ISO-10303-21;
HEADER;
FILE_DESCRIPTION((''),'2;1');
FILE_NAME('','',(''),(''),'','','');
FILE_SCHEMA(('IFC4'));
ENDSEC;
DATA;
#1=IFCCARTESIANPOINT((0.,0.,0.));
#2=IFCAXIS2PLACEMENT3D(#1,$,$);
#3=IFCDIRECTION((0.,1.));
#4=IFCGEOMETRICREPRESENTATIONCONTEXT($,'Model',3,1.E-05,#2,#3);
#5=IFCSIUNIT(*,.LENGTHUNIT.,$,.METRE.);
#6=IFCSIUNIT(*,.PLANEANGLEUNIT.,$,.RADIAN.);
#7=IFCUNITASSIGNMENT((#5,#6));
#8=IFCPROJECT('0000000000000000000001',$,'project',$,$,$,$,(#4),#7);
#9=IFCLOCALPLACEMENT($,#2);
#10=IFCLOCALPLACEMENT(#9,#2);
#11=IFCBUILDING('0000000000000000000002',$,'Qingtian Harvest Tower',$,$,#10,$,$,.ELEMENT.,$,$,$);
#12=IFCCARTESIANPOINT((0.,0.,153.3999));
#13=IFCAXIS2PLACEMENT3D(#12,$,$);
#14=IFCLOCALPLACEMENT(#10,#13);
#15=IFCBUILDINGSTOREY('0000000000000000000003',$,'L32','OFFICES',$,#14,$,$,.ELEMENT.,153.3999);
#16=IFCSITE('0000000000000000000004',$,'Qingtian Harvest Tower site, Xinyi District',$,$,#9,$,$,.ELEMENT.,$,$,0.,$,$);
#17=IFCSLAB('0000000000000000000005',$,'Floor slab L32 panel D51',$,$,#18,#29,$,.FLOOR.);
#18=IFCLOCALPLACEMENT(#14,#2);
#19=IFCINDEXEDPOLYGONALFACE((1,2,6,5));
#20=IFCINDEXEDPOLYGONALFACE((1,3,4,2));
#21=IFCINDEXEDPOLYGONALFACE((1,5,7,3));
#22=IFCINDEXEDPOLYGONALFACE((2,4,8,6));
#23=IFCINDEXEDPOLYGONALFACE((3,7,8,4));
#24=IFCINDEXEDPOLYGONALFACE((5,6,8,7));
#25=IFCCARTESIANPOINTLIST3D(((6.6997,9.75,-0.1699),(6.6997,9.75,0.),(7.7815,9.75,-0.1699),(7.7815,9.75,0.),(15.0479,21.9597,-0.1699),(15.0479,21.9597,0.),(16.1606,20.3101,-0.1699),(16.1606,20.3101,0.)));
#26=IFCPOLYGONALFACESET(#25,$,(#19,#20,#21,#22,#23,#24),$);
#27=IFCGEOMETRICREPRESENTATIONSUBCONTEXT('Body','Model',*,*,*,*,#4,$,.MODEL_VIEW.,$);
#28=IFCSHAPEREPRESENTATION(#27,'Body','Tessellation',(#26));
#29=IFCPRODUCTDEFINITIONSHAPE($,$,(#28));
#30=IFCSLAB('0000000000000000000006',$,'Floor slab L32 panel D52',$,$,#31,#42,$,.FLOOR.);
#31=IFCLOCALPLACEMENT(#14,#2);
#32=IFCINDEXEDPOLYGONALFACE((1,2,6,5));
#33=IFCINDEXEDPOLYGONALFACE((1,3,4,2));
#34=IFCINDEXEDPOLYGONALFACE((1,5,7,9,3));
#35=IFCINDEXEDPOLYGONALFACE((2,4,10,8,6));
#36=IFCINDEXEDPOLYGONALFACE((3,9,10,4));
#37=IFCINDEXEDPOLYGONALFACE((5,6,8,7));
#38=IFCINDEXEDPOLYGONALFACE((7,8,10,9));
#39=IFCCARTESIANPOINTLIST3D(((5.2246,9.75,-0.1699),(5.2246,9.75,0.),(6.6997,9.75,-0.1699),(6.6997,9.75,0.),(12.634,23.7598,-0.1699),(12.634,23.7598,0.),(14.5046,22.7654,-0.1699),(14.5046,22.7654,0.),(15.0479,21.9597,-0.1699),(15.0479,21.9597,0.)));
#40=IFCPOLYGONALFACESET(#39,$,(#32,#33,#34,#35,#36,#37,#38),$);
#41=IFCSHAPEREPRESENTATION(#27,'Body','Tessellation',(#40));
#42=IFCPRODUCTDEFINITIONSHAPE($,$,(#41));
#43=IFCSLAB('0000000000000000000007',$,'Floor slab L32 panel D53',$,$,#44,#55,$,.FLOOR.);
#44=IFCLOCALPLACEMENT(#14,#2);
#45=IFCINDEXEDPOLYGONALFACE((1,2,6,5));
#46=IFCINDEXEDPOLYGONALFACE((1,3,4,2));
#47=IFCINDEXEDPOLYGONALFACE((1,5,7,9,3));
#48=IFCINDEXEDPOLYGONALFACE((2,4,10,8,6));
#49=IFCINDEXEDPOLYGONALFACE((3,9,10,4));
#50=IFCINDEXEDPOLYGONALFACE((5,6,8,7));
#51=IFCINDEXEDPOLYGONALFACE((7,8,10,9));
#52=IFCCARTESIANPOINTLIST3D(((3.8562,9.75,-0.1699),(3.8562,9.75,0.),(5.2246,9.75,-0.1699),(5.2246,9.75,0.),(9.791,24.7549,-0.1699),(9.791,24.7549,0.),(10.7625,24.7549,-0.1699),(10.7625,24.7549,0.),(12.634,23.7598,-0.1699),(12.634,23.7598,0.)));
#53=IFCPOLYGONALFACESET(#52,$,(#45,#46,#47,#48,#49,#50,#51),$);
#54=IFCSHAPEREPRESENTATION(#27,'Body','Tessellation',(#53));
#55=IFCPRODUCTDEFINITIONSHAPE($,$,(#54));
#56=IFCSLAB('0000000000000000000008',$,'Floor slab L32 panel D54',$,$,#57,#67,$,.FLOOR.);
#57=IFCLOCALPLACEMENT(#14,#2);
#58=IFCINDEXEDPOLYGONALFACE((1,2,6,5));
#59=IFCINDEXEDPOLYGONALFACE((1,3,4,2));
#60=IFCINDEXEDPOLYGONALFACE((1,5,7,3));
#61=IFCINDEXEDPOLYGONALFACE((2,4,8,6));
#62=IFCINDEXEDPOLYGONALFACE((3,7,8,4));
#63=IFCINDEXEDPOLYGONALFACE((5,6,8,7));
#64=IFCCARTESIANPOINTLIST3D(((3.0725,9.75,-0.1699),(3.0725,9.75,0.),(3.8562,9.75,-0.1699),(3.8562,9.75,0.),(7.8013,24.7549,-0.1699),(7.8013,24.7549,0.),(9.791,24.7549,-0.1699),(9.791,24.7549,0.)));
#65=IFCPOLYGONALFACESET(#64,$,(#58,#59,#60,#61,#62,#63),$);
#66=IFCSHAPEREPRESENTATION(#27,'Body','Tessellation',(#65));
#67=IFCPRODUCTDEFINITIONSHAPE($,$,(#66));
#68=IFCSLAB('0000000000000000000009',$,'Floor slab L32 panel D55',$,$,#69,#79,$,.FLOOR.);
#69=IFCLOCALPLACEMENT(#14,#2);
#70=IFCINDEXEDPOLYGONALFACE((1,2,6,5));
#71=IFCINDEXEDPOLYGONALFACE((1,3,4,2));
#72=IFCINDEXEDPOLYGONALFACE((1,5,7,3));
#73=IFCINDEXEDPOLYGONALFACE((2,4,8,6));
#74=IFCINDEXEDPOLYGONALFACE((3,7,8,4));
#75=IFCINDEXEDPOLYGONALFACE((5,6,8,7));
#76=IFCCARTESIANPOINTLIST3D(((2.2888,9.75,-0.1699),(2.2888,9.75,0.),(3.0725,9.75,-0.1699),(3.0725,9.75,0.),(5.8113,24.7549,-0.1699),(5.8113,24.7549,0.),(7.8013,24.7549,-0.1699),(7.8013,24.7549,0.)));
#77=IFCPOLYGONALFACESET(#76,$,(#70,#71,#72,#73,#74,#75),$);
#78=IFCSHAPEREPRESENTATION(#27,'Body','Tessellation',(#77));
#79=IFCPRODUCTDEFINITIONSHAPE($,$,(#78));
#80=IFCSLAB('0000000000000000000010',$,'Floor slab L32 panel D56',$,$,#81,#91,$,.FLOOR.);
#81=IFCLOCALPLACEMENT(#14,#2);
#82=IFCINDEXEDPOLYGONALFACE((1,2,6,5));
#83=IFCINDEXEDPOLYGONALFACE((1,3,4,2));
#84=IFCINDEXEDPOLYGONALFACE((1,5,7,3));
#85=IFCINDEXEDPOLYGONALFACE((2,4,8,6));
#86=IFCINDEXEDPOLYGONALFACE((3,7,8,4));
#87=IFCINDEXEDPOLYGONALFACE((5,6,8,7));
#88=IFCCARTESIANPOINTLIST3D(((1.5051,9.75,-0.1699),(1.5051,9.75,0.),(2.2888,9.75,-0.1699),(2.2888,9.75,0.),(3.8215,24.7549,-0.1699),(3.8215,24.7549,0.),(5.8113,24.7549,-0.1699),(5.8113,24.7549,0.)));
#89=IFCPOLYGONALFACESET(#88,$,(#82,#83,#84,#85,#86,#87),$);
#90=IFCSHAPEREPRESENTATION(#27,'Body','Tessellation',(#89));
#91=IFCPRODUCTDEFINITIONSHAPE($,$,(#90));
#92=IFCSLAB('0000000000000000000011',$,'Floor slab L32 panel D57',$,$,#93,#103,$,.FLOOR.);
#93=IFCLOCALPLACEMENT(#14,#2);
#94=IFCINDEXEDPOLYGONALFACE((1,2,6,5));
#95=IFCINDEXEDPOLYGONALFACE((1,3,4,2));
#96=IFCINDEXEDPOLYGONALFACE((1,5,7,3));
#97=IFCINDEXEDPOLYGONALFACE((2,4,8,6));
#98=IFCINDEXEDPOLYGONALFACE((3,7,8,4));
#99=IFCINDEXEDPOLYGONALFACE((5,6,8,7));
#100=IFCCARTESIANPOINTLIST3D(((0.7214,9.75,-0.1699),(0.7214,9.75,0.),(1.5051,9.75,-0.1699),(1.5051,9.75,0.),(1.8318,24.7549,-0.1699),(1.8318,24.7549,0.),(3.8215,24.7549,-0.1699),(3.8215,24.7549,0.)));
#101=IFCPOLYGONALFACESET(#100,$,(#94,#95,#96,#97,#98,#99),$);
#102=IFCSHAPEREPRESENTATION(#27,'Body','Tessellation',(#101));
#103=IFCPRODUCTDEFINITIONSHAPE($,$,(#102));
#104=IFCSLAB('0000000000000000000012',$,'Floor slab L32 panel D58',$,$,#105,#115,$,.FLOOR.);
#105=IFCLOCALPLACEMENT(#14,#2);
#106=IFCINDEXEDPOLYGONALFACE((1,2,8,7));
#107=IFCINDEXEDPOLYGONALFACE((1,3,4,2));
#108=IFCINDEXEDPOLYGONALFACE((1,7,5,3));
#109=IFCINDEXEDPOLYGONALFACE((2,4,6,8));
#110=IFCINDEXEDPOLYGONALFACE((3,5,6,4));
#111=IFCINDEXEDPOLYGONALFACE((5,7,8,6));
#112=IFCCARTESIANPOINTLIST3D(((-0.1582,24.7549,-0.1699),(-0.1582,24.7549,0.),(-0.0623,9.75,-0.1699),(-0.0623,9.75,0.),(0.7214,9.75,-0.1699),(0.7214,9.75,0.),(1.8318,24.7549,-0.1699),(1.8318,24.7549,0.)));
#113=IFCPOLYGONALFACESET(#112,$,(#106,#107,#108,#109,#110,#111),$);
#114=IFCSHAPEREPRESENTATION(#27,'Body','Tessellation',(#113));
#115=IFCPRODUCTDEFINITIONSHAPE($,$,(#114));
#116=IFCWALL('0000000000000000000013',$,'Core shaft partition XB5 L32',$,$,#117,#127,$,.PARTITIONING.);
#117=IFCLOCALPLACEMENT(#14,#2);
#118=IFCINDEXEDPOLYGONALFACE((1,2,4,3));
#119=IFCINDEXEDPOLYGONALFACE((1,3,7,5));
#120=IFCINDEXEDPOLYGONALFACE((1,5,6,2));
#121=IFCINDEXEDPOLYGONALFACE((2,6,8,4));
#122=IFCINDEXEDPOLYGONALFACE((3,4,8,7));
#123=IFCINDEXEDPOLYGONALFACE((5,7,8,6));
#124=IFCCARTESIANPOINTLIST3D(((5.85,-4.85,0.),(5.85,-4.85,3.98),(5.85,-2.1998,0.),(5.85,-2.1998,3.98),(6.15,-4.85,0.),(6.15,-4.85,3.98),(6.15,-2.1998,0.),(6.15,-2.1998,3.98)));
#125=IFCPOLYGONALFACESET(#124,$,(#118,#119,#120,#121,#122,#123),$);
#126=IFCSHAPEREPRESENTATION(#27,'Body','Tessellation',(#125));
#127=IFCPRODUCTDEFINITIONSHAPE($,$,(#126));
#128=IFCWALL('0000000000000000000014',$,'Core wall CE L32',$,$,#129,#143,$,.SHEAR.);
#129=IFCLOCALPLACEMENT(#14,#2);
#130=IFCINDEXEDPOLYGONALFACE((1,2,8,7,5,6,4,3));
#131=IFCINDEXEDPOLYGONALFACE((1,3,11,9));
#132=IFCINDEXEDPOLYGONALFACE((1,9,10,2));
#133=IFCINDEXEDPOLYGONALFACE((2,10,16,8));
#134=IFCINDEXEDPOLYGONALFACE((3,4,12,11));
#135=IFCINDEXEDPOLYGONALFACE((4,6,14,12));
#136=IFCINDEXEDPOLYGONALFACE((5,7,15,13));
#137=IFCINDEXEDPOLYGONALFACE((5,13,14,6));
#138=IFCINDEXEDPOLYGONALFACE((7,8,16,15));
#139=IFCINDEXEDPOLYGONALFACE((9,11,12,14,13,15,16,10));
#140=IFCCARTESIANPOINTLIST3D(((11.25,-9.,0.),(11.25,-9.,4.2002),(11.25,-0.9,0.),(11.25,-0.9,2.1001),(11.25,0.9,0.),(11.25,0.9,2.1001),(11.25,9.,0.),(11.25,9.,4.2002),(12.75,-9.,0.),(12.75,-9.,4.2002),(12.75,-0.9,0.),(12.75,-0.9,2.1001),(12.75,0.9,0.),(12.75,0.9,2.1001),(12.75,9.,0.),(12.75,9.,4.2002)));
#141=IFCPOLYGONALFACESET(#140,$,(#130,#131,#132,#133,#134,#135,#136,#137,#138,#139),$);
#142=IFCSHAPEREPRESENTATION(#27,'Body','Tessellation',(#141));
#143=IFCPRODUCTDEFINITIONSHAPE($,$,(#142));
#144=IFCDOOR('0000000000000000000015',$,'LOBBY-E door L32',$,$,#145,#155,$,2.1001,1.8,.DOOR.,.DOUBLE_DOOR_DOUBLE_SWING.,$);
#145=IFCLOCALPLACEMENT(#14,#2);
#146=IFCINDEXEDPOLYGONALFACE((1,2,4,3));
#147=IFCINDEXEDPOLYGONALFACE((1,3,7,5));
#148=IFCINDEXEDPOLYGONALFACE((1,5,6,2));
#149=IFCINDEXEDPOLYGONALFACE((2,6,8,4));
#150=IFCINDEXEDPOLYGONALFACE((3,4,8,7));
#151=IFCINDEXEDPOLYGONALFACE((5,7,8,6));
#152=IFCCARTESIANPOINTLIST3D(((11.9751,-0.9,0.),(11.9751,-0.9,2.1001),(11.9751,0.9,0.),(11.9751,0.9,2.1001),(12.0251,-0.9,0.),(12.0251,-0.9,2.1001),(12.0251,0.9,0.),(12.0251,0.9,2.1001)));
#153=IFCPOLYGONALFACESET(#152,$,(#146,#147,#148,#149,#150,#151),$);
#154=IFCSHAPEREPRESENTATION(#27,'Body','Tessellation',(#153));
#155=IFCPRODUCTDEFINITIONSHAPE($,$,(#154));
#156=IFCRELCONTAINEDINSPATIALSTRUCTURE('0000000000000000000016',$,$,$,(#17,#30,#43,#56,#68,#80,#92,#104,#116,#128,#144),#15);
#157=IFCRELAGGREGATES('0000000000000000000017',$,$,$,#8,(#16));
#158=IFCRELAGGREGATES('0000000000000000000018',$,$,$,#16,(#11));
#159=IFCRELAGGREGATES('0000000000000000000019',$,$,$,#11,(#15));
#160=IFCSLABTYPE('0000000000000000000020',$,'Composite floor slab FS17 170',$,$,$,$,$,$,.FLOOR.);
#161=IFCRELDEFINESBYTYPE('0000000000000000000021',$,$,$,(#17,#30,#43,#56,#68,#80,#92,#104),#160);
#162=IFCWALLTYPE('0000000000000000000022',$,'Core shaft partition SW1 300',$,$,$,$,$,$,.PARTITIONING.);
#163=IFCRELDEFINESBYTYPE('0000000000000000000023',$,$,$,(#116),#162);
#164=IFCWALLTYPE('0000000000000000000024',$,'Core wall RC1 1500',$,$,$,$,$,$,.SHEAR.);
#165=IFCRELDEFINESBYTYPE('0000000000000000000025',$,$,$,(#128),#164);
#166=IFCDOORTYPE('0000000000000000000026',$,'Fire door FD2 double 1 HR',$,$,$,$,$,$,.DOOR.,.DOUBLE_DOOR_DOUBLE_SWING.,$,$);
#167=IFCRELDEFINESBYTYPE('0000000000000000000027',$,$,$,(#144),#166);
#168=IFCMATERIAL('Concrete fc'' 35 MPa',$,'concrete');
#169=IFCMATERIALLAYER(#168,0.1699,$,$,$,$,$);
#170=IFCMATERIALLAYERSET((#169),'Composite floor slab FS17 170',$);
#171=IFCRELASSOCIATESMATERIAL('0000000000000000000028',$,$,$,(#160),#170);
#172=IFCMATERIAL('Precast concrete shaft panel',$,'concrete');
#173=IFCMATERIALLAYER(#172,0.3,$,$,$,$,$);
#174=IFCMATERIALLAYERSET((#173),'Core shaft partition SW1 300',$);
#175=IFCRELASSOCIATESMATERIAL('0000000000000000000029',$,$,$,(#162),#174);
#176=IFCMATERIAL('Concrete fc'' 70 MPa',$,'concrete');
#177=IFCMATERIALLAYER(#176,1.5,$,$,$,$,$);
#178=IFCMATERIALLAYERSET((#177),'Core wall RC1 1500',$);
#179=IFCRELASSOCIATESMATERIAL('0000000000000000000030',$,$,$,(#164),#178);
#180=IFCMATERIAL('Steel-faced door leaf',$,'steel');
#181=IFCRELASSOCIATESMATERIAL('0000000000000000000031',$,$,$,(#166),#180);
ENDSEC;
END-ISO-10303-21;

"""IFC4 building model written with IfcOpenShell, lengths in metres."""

from ifc_helpers import new_model, si_unit, direction, frame, frame_2d, origin, place, context, subcontext, project, spatial, polyline, rectangle, outline, extrude, material, layer, layer_set, type_object, element, fill, save


model = new_model("IFC4")

# Units and contexts
model_context = context("Model", 3, precision=1e-05, world=origin(), true_north=direction((0.0, 1.0)))
body_context = subcontext(model_context, "Body", "Model", "MODEL_VIEW")
ifc_project = project(units=[si_unit("LENGTHUNIT", "METRE"), si_unit("PLANEANGLEUNIT", "RADIAN")], contexts=[model_context])

# Site, building, storey
site_placement = place(None, origin())
site = spatial("IfcSite", under=ifc_project, at=site_placement, Name="Qingtian Harvest Tower site, Xinyi District", CompositionType="ELEMENT", RefElevation=0.0)
building_placement = place(site_placement, origin())
building = spatial("IfcBuilding", under=site, at=building_placement, Name="Qingtian Harvest Tower", CompositionType="ELEMENT")
storey_placement = place(building_placement, frame((0.0, 0.0, 153.3999)))
storey = spatial("IfcBuildingStorey", under=building, at=storey_placement, Name="L32", Description="OFFICES", CompositionType="ELEMENT", Elevation=153.3999)

# Slabs
ifc_material_1 = material(Name="Concrete fc' 35 MPa", Category="concrete")
ifc_layer_1 = layer(ifc_material_1, 0.1699)
ifc_layer_set_1 = layer_set([ifc_layer_1], Name="Composite floor slab FS17 170")
slab_type = type_object("IfcSlabType", Name="Composite floor slab FS17 170", PredefinedType="FLOOR", material=ifc_layer_set_1)
slab_1_placement = place(storey_placement, frame((0.0, 0.0, -0.1699)))
element("IfcSlab", 1, at=slab_1_placement, inside=storey, type_object=slab_type, Name="Floor slab L32 panel D51", PredefinedType="FLOOR", context=body_context, shape_type="SweptSolid", body=[
    extrude(outline(polyline([(6.6997, 9.75), (15.0479, 21.9597), (16.1606, 20.3101), (7.7815, 9.75), (6.6997, 9.75)])), origin(), (0.0, 0.0, 1.0), 0.1699),
])
slab_2_placement = place(storey_placement, frame((0.0, 0.0, -0.1699)))
element("IfcSlab", 2, at=slab_2_placement, inside=storey, type_object=slab_type, Name="Floor slab L32 panel D52", PredefinedType="FLOOR", context=body_context, shape_type="SweptSolid", body=[
    extrude(outline(polyline([(6.6997, 9.75), (5.2246, 9.75), (12.634, 23.7598), (14.5046, 22.7654), (15.0479, 21.9597), (6.6997, 9.75)])), origin(), (0.0, 0.0, 1.0), 0.1699),
])
slab_3_placement = place(storey_placement, frame((0.0, 0.0, -0.1699)))
element("IfcSlab", 3, at=slab_3_placement, inside=storey, type_object=slab_type, Name="Floor slab L32 panel D53", PredefinedType="FLOOR", context=body_context, shape_type="SweptSolid", body=[
    extrude(outline(polyline([(3.8562, 9.75), (9.791, 24.7549), (10.7625, 24.7549), (12.634, 23.7598), (5.2246, 9.75), (3.8562, 9.75)])), origin(), (0.0, 0.0, 1.0), 0.1699),
])
slab_4_placement = place(storey_placement, frame((0.0, 0.0, -0.1699)))
element("IfcSlab", 4, at=slab_4_placement, inside=storey, type_object=slab_type, Name="Floor slab L32 panel D54", PredefinedType="FLOOR", context=body_context, shape_type="SweptSolid", body=[
    extrude(outline(polyline([(3.0725, 9.75), (7.8013, 24.7549), (9.791, 24.7549), (3.8562, 9.75), (3.0725, 9.75)])), origin(), (0.0, 0.0, 1.0), 0.1699),
])
slab_5_placement = place(storey_placement, frame((0.0, 0.0, -0.1699)))
element("IfcSlab", 5, at=slab_5_placement, inside=storey, type_object=slab_type, Name="Floor slab L32 panel D55", PredefinedType="FLOOR", context=body_context, shape_type="SweptSolid", body=[
    extrude(outline(polyline([(2.2888, 9.75), (5.8113, 24.7549), (7.8013, 24.7549), (3.0725, 9.75), (2.2888, 9.75)])), origin(), (0.0, 0.0, 1.0), 0.1699),
])
slab_6_placement = place(storey_placement, frame((0.0, 0.0, -0.1699)))
element("IfcSlab", 6, at=slab_6_placement, inside=storey, type_object=slab_type, Name="Floor slab L32 panel D56", PredefinedType="FLOOR", context=body_context, shape_type="SweptSolid", body=[
    extrude(outline(polyline([(1.5051, 9.75), (3.8215, 24.7549), (5.8113, 24.7549), (2.2888, 9.75), (1.5051, 9.75)])), origin(), (0.0, 0.0, 1.0), 0.1699),
])
slab_7_placement = place(storey_placement, frame((0.0, 0.0, -0.1699)))
element("IfcSlab", 7, at=slab_7_placement, inside=storey, type_object=slab_type, Name="Floor slab L32 panel D57", PredefinedType="FLOOR", context=body_context, shape_type="SweptSolid", body=[
    extrude(outline(polyline([(0.7214, 9.75), (1.8318, 24.7549), (3.8215, 24.7549), (1.5051, 9.75), (0.7214, 9.75)])), origin(), (0.0, 0.0, 1.0), 0.1699),
])
slab_8_placement = place(storey_placement, frame((0.0, 0.0, -0.1699)))
element("IfcSlab", 8, at=slab_8_placement, inside=storey, type_object=slab_type, Name="Floor slab L32 panel D58", PredefinedType="FLOOR", context=body_context, shape_type="SweptSolid", body=[
    extrude(outline(polyline([(-0.0623, 9.75), (-0.1582, 24.7549), (1.8318, 24.7549), (0.7214, 9.75), (-0.0623, 9.75)])), origin(), (0.0, 0.0, 1.0), 0.1699),
])

# Wall
ifc_material_2 = material(Name="Precast concrete shaft panel", Category="concrete")
ifc_layer_2 = layer(ifc_material_2, 0.3)
ifc_layer_set_2 = layer_set([ifc_layer_2], Name="Core shaft partition SW1 300")
wall_type_1 = type_object("IfcWallType", Name="Core shaft partition SW1 300", PredefinedType="PARTITIONING", material=ifc_layer_set_2)
wall_1_placement = place(storey_placement, frame((6.0, -4.8501, 0.0), z_axis=(0.0, 0.0, 1.0), x_axis=(0.0, 1.0, 0.0)))
element("IfcWall", 9, at=wall_1_placement, inside=storey, type_object=wall_type_1, Name="Core shaft partition XB5 L32", PredefinedType="PARTITIONING", context=body_context, shape_type="SweptSolid", body=[
    extrude(rectangle(XDim=2.6501, YDim=0.3, at=frame_2d((1.3252, 0.0))), origin(), (0.0, 0.0, 1.0), 3.98),
])

# Wall, opening, door
ifc_material_3 = material(Name="Concrete fc' 70 MPa", Category="concrete")
ifc_layer_3 = layer(ifc_material_3, 1.5)
ifc_layer_set_3 = layer_set([ifc_layer_3], Name="Core wall RC1 1500")
wall_type_2 = type_object("IfcWallType", Name="Core wall RC1 1500", PredefinedType="SHEAR", material=ifc_layer_set_3)
wall_2_placement = place(storey_placement, frame((12.0, -9.0, 0.0), z_axis=(0.0, 0.0, 1.0), x_axis=(0.0, 1.0, 0.0)))
wall_2 = element("IfcWall", 10, at=wall_2_placement, inside=storey, type_object=wall_type_2, Name="Core wall CE L32", PredefinedType="SHEAR", context=body_context, shape_type="SweptSolid", body=[
    extrude(rectangle(XDim=18.0, YDim=1.5, at=frame_2d((9.0, 0.0))), origin(), (0.0, 0.0, 1.0), 4.2002),
])
opening_1_placement = place(wall_2_placement, frame((8.1001, 0.0, 0.0)))
opening_1 = element("IfcOpeningElement", 11, at=opening_1_placement, cuts=wall_2, PredefinedType="OPENING", context=body_context, shape_type="SweptSolid", body=[
    extrude(rectangle(XDim=1.8, YDim=2.1001, at=frame_2d((0.8999, 1.05))), frame((0.0, 0.76, 0.0), z_axis=(0.0, -1.0, 0.0), x_axis=(1.0, 0.0, 0.0)), (0.0, 0.0, 1.0), 1.52),
])
ifc_material_4 = material(Name="Steel-faced door leaf", Category="steel")
door_type_1 = type_object("IfcDoorType", Name="Fire door FD2 double 1 HR", OperationType="DOUBLE_DOOR_DOUBLE_SWING", PredefinedType="DOOR", material=ifc_material_4)
door_1_placement = place(opening_1_placement, origin())
door_1 = element("IfcDoor", 12, at=door_1_placement, inside=storey, type_object=door_type_1, Name="LOBBY-E door L32", OperationType="DOUBLE_DOOR_DOUBLE_SWING", OverallHeight=2.1001, OverallWidth=1.8, PredefinedType="DOOR", context=body_context, shape_type="SweptSolid", body=[
    extrude(rectangle(XDim=1.8, YDim=2.1001, at=frame_2d((0.8999, 1.05))), frame((0.0, 0.0249, 0.0), z_axis=(0.0, -1.0, 0.0), x_axis=(1.0, 0.0, 0.0)), (0.0, 0.0, 1.0), 0.05),
])
fill(opening_1, door_1)

save(model, "model.ifc")
